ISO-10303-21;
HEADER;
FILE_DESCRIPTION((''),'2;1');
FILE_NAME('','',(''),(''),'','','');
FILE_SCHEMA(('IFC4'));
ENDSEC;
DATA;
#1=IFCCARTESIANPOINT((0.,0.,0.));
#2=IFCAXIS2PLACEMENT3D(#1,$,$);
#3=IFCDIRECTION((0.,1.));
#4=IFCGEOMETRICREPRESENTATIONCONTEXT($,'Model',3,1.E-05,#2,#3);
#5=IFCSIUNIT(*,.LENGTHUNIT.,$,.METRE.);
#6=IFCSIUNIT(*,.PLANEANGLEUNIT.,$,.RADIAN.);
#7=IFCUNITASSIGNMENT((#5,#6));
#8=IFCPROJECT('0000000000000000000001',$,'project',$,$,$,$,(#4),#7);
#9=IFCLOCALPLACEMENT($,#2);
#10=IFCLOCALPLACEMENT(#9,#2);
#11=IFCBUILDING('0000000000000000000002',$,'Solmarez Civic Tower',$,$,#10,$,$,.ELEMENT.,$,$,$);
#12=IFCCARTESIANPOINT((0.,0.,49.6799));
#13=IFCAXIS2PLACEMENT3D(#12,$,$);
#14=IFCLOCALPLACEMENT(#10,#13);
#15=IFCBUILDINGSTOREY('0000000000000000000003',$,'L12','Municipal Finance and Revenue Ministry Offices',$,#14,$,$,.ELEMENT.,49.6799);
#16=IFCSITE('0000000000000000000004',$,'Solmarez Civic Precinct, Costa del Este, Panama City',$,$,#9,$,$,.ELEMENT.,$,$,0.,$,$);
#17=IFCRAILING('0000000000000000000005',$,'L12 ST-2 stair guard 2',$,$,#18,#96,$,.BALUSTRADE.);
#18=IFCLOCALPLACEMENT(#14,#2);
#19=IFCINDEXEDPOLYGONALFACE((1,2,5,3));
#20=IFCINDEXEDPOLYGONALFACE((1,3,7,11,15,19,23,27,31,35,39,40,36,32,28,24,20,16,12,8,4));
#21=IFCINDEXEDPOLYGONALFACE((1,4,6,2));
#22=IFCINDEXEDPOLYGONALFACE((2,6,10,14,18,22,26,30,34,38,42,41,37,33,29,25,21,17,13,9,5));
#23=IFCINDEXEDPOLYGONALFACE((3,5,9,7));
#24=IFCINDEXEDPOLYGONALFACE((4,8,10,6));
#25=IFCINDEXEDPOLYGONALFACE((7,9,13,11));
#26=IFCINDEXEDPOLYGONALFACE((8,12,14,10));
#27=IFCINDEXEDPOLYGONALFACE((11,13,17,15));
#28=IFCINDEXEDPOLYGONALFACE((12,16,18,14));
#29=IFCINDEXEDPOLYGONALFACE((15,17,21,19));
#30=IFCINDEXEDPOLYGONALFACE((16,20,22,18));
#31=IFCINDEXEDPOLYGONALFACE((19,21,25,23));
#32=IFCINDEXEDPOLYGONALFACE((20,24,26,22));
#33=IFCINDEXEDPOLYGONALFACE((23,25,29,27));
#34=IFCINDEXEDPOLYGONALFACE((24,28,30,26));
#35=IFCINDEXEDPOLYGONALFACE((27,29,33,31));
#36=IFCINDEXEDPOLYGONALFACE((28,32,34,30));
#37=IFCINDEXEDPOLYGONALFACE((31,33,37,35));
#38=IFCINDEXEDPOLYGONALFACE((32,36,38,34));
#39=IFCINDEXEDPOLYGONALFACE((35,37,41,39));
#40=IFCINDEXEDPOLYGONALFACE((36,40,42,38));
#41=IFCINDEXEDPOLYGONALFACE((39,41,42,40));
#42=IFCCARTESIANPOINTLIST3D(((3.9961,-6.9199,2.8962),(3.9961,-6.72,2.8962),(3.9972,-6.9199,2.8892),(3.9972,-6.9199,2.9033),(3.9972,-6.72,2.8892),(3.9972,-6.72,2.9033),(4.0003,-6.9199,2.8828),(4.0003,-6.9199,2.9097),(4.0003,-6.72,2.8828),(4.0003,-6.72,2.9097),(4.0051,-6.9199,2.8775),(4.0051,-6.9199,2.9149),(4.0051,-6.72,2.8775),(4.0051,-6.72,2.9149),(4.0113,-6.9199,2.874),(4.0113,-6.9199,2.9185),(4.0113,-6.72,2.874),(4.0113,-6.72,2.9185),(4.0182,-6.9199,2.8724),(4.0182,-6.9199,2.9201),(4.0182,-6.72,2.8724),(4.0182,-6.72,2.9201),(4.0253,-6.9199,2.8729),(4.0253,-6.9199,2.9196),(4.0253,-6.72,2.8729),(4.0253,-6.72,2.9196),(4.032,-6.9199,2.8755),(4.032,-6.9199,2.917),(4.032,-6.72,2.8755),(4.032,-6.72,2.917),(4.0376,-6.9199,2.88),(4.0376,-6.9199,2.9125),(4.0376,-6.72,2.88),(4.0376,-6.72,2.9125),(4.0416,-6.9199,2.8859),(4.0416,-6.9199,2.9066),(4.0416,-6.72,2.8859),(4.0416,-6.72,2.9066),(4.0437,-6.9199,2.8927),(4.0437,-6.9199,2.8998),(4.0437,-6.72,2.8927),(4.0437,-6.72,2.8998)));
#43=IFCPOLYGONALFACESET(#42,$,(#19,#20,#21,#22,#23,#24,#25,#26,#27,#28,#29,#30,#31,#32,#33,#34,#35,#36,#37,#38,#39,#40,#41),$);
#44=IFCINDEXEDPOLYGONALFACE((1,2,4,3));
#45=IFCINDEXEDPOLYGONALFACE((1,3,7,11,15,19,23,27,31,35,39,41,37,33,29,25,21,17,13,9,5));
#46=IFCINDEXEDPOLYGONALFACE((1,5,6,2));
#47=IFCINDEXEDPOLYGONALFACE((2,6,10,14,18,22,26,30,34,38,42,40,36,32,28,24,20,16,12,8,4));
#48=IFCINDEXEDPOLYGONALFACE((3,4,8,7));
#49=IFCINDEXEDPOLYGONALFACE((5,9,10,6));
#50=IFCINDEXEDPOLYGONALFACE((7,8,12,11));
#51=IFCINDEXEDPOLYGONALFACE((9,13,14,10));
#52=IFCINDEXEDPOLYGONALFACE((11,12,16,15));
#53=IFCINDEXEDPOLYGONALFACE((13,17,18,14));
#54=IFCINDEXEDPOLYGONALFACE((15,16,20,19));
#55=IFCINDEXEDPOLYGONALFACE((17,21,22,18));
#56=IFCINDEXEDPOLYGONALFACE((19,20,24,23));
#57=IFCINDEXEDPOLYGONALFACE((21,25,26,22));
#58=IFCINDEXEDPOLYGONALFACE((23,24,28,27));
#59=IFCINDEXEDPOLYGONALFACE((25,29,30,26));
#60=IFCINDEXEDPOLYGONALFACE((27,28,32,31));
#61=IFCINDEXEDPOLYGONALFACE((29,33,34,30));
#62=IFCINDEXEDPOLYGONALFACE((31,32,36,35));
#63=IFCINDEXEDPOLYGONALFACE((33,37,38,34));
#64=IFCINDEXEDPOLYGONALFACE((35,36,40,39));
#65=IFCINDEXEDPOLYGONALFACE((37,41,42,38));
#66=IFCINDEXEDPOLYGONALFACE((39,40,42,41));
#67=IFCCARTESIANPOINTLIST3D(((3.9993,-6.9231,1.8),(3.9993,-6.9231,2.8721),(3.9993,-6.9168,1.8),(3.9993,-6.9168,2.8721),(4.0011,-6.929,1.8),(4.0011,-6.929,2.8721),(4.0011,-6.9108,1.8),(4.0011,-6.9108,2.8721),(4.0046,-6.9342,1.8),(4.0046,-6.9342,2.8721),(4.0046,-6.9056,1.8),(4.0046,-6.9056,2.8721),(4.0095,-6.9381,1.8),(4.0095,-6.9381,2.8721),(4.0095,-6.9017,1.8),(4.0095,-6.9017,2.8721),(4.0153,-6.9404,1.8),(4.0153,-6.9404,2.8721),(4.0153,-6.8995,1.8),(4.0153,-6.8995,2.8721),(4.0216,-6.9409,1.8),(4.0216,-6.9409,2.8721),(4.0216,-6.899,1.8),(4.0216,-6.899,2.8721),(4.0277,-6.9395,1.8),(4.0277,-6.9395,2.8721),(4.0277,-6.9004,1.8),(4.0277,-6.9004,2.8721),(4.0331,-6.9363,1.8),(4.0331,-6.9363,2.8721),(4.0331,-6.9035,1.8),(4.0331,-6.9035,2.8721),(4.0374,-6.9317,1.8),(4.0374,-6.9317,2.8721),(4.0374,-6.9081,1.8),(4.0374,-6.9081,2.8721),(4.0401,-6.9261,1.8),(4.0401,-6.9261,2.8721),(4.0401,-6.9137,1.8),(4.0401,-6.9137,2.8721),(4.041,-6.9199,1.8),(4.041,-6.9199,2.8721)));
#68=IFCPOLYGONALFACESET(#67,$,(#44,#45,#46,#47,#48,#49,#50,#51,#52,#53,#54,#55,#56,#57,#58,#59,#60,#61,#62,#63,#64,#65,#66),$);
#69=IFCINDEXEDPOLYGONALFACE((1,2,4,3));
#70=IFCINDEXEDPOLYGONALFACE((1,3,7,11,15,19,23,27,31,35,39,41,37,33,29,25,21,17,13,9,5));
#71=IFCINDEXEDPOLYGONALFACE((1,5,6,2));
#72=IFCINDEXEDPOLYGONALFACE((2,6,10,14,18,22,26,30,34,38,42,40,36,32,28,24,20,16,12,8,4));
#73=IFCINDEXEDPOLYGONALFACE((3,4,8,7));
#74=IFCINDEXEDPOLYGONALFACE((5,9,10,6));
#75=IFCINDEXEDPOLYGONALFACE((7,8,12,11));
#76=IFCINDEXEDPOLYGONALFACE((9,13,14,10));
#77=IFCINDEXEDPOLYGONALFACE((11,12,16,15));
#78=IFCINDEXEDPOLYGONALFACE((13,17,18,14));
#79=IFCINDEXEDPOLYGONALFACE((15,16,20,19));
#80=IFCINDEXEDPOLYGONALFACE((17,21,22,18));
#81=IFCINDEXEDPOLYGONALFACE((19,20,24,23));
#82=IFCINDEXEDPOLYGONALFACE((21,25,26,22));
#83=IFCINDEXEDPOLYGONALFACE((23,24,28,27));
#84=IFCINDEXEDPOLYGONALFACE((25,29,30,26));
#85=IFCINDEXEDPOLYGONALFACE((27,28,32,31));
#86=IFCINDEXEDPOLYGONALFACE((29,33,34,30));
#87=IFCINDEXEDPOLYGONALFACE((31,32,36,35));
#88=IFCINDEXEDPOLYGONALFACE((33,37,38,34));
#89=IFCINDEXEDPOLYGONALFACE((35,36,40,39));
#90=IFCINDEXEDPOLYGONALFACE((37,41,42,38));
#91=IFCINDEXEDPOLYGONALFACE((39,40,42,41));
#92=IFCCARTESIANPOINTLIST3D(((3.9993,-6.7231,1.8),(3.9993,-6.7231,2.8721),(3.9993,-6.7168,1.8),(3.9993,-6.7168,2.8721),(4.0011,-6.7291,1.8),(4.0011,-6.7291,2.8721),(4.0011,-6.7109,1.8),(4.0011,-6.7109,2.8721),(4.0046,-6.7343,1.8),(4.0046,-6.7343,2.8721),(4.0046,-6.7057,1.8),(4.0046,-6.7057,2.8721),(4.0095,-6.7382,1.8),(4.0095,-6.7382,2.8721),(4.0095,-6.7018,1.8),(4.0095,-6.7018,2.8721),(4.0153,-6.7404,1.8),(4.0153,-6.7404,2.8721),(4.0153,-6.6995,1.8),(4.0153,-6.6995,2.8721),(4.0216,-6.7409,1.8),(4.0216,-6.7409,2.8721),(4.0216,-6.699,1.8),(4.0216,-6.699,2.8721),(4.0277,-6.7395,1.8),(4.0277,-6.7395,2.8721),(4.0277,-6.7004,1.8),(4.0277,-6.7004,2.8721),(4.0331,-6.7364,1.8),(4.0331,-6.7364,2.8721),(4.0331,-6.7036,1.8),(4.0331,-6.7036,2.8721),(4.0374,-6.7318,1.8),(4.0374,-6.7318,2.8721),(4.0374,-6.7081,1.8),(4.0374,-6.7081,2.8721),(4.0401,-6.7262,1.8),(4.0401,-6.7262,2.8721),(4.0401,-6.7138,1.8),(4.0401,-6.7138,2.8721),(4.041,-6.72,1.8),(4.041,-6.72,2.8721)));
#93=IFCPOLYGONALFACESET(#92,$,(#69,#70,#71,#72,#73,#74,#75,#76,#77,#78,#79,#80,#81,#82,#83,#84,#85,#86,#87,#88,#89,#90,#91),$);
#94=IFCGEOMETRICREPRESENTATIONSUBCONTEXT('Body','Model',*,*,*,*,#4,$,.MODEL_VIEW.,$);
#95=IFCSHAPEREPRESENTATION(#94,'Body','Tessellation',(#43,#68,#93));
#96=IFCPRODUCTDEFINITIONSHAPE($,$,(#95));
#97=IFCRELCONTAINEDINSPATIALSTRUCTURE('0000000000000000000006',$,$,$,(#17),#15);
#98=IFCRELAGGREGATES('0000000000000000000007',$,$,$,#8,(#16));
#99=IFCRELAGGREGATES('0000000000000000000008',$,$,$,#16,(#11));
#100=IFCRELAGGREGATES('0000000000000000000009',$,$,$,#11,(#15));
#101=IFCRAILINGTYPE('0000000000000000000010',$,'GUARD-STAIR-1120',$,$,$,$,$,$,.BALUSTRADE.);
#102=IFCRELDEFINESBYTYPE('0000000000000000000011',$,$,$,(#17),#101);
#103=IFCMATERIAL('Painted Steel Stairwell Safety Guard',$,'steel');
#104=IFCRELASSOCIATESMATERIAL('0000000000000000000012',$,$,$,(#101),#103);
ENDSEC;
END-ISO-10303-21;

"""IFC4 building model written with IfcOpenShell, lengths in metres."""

from ifc_helpers import new_model, si_unit, direction, frame, origin, origin_2d, place, context, subcontext, project, spatial, circle, extrude, material, type_object, element, save


model = new_model("IFC4")

# Units and contexts
model_context = context("Model", 3, precision=1e-05, world=origin(), true_north=direction((0.0, 1.0)))
body_context = subcontext(model_context, "Body", "Model", "MODEL_VIEW")
ifc_project = project(units=[si_unit("LENGTHUNIT", "METRE"), si_unit("PLANEANGLEUNIT", "RADIAN")], contexts=[model_context])

# Site, building, storey
site_placement = place(None, origin())
site = spatial("IfcSite", under=ifc_project, at=site_placement, Name="Solmarez Civic Precinct, Costa del Este, Panama City", CompositionType="ELEMENT", RefElevation=0.0)
building_placement = place(site_placement, origin())
building = spatial("IfcBuilding", under=site, at=building_placement, Name="Solmarez Civic Tower", CompositionType="ELEMENT")
storey_placement = place(building_placement, frame((0.0, 0.0, 49.6799)))
storey = spatial("IfcBuildingStorey", under=building, at=storey_placement, Name="L12", Description="Municipal Finance and Revenue Ministry Offices", CompositionType="ELEMENT", Elevation=49.6799)

# Railing
ifc_material_1 = material(Name="Painted Steel Stairwell Safety Guard", Category="steel")
railing_type_1 = type_object("IfcRailingType", Name="GUARD-STAIR-1120", PredefinedType="BALUSTRADE", material=ifc_material_1)
railing_1_placement = place(storey_placement, frame((4.02, -6.9199, 1.8)))
element("IfcRailing", 1, at=railing_1_placement, inside=storey, type_object=railing_type_1, Name="L12 ST-2 stair guard 2", PredefinedType="BALUSTRADE", context=body_context, shape_type="SweptSolid", body=[
    extrude(circle(Radius=0.0239, at=origin_2d()), frame((0.0, 0.0, 1.0962), z_axis=(0.0, 1.0, 0.0), x_axis=(-1.0, 0.0, 0.0)), (0.0, 0.0, 1.0), 0.2),
    extrude(circle(Radius=0.021, at=origin_2d()), origin(), (0.0, 0.0, 1.0), 1.072),
    extrude(circle(Radius=0.021, at=origin_2d()), frame((0.0, 0.2, 0.0)), (0.0, 0.0, 1.0), 1.072),
])

save(model, "model.ifc")
